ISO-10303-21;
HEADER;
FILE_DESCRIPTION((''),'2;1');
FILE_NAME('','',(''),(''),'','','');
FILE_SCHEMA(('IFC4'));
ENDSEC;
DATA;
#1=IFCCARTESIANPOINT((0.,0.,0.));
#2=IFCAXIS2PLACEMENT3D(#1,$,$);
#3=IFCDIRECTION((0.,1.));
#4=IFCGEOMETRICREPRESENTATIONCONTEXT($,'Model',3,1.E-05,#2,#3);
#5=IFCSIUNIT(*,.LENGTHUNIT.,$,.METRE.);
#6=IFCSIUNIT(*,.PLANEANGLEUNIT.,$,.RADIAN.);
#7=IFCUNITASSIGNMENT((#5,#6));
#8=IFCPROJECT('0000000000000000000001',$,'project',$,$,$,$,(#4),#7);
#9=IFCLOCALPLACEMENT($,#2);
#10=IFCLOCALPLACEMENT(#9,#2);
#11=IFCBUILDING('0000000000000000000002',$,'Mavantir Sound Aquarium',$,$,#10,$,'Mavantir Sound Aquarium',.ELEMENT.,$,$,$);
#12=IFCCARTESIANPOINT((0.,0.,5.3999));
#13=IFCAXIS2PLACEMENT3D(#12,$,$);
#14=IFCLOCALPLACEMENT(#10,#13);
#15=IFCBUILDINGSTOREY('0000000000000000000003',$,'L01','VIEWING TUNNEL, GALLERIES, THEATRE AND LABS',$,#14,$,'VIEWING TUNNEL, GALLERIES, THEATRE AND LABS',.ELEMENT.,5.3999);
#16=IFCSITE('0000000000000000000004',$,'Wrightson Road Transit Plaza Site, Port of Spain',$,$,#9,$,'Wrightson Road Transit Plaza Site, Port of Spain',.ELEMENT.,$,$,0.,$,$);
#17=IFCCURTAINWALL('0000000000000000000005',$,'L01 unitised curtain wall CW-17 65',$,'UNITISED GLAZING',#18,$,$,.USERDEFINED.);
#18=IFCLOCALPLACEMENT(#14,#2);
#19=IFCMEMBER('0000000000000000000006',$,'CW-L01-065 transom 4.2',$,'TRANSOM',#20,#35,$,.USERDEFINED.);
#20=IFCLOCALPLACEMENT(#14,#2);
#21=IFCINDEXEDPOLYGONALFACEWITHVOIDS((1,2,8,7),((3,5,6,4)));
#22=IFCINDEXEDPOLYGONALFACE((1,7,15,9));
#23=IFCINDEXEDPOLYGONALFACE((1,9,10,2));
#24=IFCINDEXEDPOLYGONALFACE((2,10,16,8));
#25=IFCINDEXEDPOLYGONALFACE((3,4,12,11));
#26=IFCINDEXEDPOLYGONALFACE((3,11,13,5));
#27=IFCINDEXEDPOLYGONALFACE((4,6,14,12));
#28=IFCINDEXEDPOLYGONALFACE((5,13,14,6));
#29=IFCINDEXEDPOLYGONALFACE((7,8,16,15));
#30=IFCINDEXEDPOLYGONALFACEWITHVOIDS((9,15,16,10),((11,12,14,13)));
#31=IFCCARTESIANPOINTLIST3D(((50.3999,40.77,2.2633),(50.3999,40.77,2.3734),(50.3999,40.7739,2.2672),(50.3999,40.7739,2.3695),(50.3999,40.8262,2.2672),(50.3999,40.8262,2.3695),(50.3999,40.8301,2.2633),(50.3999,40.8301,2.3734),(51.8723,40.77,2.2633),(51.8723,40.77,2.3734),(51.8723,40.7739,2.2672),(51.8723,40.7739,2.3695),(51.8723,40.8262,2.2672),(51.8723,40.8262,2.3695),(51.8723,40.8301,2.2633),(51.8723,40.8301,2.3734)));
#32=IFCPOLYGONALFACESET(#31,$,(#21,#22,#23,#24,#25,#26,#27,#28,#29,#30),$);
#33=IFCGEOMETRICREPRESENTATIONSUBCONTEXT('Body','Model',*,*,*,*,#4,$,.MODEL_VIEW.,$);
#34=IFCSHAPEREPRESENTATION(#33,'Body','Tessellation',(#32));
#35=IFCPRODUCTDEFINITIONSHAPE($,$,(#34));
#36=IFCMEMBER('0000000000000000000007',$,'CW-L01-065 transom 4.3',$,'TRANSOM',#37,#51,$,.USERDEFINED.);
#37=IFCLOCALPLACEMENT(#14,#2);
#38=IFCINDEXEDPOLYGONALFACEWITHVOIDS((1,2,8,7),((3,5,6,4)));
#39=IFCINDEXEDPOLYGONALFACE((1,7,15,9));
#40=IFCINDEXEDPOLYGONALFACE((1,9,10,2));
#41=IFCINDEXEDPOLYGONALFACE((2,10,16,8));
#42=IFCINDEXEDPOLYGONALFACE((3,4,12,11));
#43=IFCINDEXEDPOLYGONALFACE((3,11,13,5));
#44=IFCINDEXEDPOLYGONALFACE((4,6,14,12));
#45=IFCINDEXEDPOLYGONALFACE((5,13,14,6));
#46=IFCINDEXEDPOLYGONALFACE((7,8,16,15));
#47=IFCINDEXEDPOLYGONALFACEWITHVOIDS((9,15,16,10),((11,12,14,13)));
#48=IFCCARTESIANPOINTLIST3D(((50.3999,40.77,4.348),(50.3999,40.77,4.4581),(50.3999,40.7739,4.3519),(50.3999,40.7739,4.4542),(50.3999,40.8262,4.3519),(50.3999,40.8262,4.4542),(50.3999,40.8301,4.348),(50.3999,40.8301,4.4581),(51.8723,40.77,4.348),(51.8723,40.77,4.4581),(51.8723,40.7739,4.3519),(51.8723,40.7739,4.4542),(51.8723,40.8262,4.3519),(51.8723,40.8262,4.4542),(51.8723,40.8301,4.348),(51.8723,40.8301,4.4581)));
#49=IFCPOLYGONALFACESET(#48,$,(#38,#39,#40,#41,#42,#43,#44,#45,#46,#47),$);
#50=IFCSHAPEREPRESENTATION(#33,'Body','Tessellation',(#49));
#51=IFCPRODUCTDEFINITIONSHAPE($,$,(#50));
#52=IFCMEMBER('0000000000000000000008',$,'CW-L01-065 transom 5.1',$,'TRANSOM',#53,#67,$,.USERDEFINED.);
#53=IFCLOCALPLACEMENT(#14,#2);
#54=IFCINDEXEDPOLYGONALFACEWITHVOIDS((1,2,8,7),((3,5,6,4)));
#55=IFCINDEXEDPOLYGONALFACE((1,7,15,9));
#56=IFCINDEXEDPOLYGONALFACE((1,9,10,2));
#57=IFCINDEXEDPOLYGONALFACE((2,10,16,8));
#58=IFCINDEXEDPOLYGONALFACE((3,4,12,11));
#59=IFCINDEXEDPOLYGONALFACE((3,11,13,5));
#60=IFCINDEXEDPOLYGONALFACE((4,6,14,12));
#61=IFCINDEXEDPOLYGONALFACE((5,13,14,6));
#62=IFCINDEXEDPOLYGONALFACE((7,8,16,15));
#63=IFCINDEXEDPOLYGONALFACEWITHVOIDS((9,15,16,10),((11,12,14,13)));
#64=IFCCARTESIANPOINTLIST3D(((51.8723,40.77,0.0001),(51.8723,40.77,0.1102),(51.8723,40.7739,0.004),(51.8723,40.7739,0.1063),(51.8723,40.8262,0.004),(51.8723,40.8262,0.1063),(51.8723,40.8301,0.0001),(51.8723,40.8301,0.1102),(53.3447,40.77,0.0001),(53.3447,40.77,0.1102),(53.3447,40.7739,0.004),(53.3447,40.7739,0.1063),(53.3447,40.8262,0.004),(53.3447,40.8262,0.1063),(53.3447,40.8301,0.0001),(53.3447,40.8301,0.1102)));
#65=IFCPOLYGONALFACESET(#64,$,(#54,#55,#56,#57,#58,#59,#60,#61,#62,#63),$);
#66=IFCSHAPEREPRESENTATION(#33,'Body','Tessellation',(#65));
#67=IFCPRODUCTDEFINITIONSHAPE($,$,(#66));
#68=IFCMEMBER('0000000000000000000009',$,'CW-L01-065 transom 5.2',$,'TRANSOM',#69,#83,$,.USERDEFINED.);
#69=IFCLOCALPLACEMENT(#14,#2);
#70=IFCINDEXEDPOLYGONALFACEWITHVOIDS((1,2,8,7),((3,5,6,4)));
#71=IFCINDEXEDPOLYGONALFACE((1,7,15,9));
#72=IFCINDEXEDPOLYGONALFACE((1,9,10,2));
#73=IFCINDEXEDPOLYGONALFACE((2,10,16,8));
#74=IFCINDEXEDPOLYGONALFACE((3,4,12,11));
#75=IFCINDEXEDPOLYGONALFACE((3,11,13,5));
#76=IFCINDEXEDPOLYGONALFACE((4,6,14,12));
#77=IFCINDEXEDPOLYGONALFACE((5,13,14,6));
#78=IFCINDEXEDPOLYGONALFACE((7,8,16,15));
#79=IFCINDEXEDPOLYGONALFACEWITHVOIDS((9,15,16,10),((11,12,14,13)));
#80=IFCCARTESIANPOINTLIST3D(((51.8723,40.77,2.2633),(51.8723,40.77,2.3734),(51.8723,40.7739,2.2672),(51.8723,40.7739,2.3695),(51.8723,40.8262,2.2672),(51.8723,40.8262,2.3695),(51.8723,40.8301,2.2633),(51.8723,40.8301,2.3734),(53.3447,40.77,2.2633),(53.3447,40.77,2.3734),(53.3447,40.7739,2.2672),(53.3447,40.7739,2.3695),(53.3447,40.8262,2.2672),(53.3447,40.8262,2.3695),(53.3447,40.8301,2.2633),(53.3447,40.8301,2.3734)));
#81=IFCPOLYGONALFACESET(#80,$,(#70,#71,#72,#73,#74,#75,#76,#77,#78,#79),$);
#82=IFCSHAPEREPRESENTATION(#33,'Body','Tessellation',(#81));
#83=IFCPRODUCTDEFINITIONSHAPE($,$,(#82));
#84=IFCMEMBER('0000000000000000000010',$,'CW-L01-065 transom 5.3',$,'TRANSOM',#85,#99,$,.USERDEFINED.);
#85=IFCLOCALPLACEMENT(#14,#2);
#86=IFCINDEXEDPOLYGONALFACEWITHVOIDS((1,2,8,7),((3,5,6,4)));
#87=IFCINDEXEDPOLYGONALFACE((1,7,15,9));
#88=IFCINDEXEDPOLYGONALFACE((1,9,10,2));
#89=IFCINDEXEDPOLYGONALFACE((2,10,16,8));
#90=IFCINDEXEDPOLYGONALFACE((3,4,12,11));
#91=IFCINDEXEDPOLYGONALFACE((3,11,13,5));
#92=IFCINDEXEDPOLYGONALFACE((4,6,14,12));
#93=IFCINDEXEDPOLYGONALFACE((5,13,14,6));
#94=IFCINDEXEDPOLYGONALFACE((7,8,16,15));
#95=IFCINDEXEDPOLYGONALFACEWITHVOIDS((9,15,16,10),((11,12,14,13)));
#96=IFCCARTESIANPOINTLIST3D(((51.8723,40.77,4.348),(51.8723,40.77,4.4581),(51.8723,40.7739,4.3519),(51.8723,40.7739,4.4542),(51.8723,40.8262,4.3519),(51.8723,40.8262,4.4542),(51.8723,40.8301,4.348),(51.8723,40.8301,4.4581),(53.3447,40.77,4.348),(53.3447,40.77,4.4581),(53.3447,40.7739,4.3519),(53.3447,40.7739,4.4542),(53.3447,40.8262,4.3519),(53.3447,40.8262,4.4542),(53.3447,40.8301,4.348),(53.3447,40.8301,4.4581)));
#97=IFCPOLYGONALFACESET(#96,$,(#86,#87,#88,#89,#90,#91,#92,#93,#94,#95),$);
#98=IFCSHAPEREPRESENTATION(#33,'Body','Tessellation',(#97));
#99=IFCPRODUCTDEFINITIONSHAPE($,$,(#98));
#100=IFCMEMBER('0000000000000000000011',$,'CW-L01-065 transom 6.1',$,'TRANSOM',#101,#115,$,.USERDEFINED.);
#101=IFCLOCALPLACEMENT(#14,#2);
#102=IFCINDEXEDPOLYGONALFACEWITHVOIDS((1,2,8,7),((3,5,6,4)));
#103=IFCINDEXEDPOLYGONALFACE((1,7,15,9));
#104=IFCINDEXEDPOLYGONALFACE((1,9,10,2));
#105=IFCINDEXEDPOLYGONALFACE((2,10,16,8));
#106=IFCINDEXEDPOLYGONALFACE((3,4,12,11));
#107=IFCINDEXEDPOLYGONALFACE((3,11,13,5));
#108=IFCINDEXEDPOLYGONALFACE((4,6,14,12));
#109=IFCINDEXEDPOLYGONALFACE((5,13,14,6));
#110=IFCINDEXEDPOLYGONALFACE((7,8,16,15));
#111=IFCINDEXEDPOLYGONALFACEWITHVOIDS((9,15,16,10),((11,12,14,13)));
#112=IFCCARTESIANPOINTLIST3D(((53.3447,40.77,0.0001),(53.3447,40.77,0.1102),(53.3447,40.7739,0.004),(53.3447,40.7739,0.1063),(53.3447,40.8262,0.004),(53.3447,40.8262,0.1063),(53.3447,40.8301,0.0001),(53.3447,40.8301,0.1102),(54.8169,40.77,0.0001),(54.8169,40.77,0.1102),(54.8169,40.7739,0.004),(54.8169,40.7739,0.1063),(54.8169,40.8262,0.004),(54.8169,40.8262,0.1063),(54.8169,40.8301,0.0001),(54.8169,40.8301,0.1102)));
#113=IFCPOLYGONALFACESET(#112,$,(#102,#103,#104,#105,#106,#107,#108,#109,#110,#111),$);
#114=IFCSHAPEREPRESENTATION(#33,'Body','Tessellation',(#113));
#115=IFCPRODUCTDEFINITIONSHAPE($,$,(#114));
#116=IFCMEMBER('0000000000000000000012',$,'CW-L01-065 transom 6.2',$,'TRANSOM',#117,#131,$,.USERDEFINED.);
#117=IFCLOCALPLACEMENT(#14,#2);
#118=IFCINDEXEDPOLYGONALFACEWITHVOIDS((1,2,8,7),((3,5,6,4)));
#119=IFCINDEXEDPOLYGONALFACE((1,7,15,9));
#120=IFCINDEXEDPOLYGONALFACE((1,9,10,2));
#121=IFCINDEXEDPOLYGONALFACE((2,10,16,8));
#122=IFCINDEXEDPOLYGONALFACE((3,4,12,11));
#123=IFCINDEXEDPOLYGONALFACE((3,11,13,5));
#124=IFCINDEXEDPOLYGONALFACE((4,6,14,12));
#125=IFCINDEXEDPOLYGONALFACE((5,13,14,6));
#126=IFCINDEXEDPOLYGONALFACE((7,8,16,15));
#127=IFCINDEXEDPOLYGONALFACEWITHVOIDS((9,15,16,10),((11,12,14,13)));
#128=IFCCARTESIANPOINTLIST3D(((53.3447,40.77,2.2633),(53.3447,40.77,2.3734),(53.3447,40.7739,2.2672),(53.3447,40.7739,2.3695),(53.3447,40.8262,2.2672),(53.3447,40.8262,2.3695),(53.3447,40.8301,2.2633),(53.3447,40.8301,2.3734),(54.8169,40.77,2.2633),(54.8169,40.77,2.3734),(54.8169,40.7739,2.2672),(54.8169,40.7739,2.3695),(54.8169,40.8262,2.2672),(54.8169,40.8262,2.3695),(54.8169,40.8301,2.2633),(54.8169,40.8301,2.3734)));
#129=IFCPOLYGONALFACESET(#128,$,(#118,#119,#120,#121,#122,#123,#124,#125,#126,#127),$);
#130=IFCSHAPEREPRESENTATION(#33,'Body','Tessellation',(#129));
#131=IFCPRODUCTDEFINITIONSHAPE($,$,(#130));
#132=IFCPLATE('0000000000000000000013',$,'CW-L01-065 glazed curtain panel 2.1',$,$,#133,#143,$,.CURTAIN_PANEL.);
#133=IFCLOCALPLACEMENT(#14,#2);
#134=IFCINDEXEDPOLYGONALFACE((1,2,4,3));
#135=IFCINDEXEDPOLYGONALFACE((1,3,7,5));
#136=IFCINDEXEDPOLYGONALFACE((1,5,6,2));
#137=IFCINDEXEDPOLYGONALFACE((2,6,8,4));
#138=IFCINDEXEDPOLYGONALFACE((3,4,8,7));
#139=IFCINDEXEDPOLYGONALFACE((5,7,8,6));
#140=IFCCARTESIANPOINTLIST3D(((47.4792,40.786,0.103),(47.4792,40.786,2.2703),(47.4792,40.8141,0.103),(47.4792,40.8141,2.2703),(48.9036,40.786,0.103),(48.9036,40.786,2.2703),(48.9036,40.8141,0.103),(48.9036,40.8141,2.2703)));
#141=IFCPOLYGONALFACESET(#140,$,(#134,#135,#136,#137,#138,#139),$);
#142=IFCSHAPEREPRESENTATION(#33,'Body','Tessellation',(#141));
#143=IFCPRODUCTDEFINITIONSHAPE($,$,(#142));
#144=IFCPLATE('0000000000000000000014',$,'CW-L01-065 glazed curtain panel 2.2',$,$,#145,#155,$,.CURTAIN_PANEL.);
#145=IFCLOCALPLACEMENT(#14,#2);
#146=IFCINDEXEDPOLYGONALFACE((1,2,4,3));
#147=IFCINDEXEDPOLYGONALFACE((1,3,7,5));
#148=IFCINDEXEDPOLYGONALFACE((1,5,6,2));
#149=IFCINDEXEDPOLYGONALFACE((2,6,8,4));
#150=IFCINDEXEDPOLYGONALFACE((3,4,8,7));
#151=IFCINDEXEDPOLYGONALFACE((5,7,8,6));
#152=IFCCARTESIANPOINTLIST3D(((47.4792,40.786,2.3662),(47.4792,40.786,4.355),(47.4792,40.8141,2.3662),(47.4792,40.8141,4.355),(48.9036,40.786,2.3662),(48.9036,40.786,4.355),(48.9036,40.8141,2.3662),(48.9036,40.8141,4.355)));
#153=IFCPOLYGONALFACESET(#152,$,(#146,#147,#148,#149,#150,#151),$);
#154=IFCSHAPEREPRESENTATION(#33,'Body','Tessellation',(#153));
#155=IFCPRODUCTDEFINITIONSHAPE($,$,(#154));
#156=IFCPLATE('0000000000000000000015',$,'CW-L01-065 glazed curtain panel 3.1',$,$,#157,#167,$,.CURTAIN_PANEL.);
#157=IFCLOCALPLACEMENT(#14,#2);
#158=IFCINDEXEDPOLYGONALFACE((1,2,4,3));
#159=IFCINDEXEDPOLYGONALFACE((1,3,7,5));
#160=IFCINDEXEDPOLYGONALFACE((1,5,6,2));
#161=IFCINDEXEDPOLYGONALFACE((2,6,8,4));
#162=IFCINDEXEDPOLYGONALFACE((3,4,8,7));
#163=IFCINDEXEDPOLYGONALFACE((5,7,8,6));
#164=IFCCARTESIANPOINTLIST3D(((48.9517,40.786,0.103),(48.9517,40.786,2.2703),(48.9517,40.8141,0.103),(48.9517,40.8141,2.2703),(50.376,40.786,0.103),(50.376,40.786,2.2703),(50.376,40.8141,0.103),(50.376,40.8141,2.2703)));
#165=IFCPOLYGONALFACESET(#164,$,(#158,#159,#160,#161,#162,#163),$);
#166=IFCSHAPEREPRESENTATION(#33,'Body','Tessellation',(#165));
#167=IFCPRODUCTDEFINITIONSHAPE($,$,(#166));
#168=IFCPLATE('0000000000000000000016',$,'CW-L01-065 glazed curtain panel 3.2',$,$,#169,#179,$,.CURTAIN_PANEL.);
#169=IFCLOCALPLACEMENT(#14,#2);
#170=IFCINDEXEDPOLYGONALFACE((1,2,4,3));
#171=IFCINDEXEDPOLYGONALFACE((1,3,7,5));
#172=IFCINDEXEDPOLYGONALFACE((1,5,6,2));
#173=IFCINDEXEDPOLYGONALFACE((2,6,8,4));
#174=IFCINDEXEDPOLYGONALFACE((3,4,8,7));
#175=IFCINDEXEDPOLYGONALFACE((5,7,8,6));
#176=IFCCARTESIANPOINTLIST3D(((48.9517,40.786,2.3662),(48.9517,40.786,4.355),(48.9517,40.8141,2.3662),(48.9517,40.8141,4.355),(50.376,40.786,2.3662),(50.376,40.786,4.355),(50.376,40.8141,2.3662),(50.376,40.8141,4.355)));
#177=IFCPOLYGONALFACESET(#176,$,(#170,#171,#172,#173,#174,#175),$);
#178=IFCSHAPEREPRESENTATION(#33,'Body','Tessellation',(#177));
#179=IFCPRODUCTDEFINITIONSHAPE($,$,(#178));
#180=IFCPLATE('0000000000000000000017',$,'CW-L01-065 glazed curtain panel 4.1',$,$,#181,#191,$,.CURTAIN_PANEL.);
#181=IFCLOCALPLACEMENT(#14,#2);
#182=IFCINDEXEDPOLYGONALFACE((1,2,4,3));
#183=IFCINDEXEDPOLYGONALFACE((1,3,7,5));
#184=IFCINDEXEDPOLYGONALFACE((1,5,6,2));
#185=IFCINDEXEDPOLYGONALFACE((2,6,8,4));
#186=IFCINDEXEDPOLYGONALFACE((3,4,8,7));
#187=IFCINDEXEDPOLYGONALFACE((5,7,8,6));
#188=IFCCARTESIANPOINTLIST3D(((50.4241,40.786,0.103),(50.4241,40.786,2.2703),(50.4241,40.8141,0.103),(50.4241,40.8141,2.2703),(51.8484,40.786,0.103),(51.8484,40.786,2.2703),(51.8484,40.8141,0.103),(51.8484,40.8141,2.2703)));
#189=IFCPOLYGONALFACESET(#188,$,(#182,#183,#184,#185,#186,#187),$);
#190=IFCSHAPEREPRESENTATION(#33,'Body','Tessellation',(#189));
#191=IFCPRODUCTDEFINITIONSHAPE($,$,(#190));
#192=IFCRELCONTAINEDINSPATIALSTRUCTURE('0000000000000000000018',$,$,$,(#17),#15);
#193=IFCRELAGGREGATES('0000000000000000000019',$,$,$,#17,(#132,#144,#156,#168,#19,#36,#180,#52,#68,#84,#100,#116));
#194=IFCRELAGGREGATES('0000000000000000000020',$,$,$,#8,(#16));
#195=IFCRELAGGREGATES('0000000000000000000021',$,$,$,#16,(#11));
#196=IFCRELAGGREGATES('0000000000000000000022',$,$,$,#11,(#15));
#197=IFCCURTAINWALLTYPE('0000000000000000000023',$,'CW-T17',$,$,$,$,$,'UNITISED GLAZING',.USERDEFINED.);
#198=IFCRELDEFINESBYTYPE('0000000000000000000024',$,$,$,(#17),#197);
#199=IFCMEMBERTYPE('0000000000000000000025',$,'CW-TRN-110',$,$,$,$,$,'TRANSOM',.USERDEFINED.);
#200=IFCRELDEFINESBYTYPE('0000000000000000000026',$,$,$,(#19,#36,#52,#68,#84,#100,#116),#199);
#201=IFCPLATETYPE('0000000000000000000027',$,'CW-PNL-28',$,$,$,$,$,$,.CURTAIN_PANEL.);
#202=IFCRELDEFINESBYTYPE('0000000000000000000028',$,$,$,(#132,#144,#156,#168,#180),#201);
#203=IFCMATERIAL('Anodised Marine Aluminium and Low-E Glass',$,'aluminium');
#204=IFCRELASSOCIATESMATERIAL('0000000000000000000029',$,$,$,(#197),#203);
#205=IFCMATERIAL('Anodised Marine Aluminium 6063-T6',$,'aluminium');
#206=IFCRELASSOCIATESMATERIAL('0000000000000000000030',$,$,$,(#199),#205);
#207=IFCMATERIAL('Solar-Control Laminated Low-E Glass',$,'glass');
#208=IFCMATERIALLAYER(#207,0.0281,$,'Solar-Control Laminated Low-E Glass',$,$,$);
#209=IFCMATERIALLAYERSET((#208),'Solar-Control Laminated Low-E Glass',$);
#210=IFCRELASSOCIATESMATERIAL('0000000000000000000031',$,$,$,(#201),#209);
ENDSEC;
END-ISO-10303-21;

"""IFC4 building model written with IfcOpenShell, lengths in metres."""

from ifc_helpers import new_model, si_unit, direction, frame, origin, origin_2d, place, context, subcontext, project, spatial, rectangle, hollow_rectangle, extrude, material, layer, layer_set, material_profile, profile_set, type_object, element, aggregate, save


model = new_model("IFC4")

# Units and contexts
model_context = context("Model", 3, precision=1e-05, world=origin(), true_north=direction((0.0, 1.0)))
body_context = subcontext(model_context, "Body", "Model", "MODEL_VIEW")
ifc_project = project(units=[si_unit("LENGTHUNIT", "METRE"), si_unit("PLANEANGLEUNIT", "RADIAN")], contexts=[model_context])

# Site, building, storey
site_placement = place(None, origin())
site = spatial("IfcSite", under=ifc_project, at=site_placement, Name="Wrightson Road Transit Plaza Site, Port of Spain", LongName="Wrightson Road Transit Plaza Site, Port of Spain", CompositionType="ELEMENT", RefElevation=0.0)
building_placement = place(site_placement, origin())
building = spatial("IfcBuilding", under=site, at=building_placement, Name="Mavantir Sound Aquarium", LongName="Mavantir Sound Aquarium", CompositionType="ELEMENT")
storey_placement = place(building_placement, frame((0.0, 0.0, 5.3999)))
storey = spatial("IfcBuildingStorey", under=building, at=storey_placement, Name="L01", Description="VIEWING TUNNEL, GALLERIES, THEATRE AND LABS", LongName="VIEWING TUNNEL, GALLERIES, THEATRE AND LABS", CompositionType="ELEMENT", Elevation=5.3999)

# Curtain wall, members, plates
ifc_material_1 = material(Name="Anodised Marine Aluminium and Low-E Glass", Category="aluminium")
curtain_wall_type = type_object("IfcCurtainWallType", Name="CW-T17", ElementType="UNITISED GLAZING", PredefinedType="USERDEFINED", material=ifc_material_1)
curtain_wall_placement = place(storey_placement, origin())
curtain_wall = element("IfcCurtainWall", 1, at=curtain_wall_placement, inside=storey, type_object=curtain_wall_type, Name="L01 unitised curtain wall CW-17 65", ObjectType="UNITISED GLAZING", PredefinedType="USERDEFINED")
ifc_material_2 = material(Name="Anodised Marine Aluminium 6063-T6", Category="aluminium")
ifc_material_profile_1 = material_profile(ifc_material_2, hollow_rectangle(XDim=0.0601, YDim=0.1101, WallThickness=0.0039, at=origin_2d()), Name="ALU-TRANSOM-110X60")
ifc_profile_set_1 = profile_set([ifc_material_profile_1], Name="Anodised Marine Aluminium 6063-T6")
member_type_1 = type_object("IfcMemberType", Name="CW-TRN-110", ElementType="TRANSOM", PredefinedType="USERDEFINED", material=ifc_profile_set_1)
member_1_placement = place(storey_placement, frame((50.3999, 40.8, 2.3184), z_axis=(1.0, 0.0, 0.0), x_axis=(0.0, 1.0, 0.0)))
member_1 = element("IfcMember", 2, at=member_1_placement, type_object=member_type_1, Name="CW-L01-065 transom 4.2", ObjectType="TRANSOM", PredefinedType="USERDEFINED", context=body_context, shape_type="SweptSolid", body=[
    extrude(hollow_rectangle(XDim=0.0601, YDim=0.1101, WallThickness=0.0039, at=origin_2d()), origin(), (0.0, 0.0, 1.0), 1.4724),
])
member_2_placement = place(storey_placement, frame((50.3999, 40.8, 4.4031), z_axis=(1.0, 0.0, 0.0), x_axis=(0.0, 1.0, 0.0)))
member_2 = element("IfcMember", 3, at=member_2_placement, type_object=member_type_1, Name="CW-L01-065 transom 4.3", ObjectType="TRANSOM", PredefinedType="USERDEFINED", context=body_context, shape_type="SweptSolid", body=[
    extrude(hollow_rectangle(XDim=0.0601, YDim=0.1101, WallThickness=0.0039, at=origin_2d()), origin(), (0.0, 0.0, 1.0), 1.4724),
])
member_3_placement = place(storey_placement, frame((51.8723, 40.8, 0.0552), z_axis=(1.0, 0.0, 0.0), x_axis=(0.0, 1.0, 0.0)))
member_3 = element("IfcMember", 4, at=member_3_placement, type_object=member_type_1, Name="CW-L01-065 transom 5.1", ObjectType="TRANSOM", PredefinedType="USERDEFINED", context=body_context, shape_type="SweptSolid", body=[
    extrude(hollow_rectangle(XDim=0.0601, YDim=0.1101, WallThickness=0.0039, at=origin_2d()), origin(), (0.0, 0.0, 1.0), 1.4724),
])
member_4_placement = place(storey_placement, frame((51.8723, 40.8, 2.3184), z_axis=(1.0, 0.0, 0.0), x_axis=(0.0, 1.0, 0.0)))
member_4 = element("IfcMember", 5, at=member_4_placement, type_object=member_type_1, Name="CW-L01-065 transom 5.2", ObjectType="TRANSOM", PredefinedType="USERDEFINED", context=body_context, shape_type="SweptSolid", body=[
    extrude(hollow_rectangle(XDim=0.0601, YDim=0.1101, WallThickness=0.0039, at=origin_2d()), origin(), (0.0, 0.0, 1.0), 1.4724),
])
member_5_placement = place(storey_placement, frame((51.8723, 40.8, 4.4031), z_axis=(1.0, 0.0, 0.0), x_axis=(0.0, 1.0, 0.0)))
member_5 = element("IfcMember", 6, at=member_5_placement, type_object=member_type_1, Name="CW-L01-065 transom 5.3", ObjectType="TRANSOM", PredefinedType="USERDEFINED", context=body_context, shape_type="SweptSolid", body=[
    extrude(hollow_rectangle(XDim=0.0601, YDim=0.1101, WallThickness=0.0039, at=origin_2d()), origin(), (0.0, 0.0, 1.0), 1.4724),
])
member_6_placement = place(storey_placement, frame((53.3447, 40.8, 0.0552), z_axis=(1.0, 0.0, 0.0), x_axis=(0.0, 1.0, 0.0)))
member_6 = element("IfcMember", 7, at=member_6_placement, type_object=member_type_1, Name="CW-L01-065 transom 6.1", ObjectType="TRANSOM", PredefinedType="USERDEFINED", context=body_context, shape_type="SweptSolid", body=[
    extrude(hollow_rectangle(XDim=0.0601, YDim=0.1101, WallThickness=0.0039, at=origin_2d()), origin(), (0.0, 0.0, 1.0), 1.4722),
])
member_7_placement = place(storey_placement, frame((53.3447, 40.8, 2.3184), z_axis=(1.0, 0.0, 0.0), x_axis=(0.0, 1.0, 0.0)))
member_7 = element("IfcMember", 8, at=member_7_placement, type_object=member_type_1, Name="CW-L01-065 transom 6.2", ObjectType="TRANSOM", PredefinedType="USERDEFINED", context=body_context, shape_type="SweptSolid", body=[
    extrude(hollow_rectangle(XDim=0.0601, YDim=0.1101, WallThickness=0.0039, at=origin_2d()), origin(), (0.0, 0.0, 1.0), 1.4722),
])
ifc_material_3 = material(Name="Solar-Control Laminated Low-E Glass", Category="glass")
ifc_layer_1 = layer(ifc_material_3, 0.0281, Name="Solar-Control Laminated Low-E Glass")
ifc_layer_set_1 = layer_set([ifc_layer_1], Name="Solar-Control Laminated Low-E Glass")
plate_type = type_object("IfcPlateType", Name="CW-PNL-28", PredefinedType="CURTAIN_PANEL", material=ifc_layer_set_1)
plate_1_placement = place(storey_placement, frame((48.1914, 40.8, 0.103), z_axis=(0.0, 0.0, 1.0), x_axis=(1.0, 0.0, 0.0)))
plate_1 = element("IfcPlate", 9, at=plate_1_placement, type_object=plate_type, Name="CW-L01-065 glazed curtain panel 2.1", PredefinedType="CURTAIN_PANEL", context=body_context, shape_type="SweptSolid", body=[
    extrude(rectangle(XDim=1.4243, YDim=0.0281, at=origin_2d()), origin(), (0.0, 0.0, 1.0), 2.1672),
])
plate_2_placement = place(storey_placement, frame((48.1914, 40.8, 2.3662), z_axis=(0.0, 0.0, 1.0), x_axis=(1.0, 0.0, 0.0)))
plate_2 = element("IfcPlate", 10, at=plate_2_placement, type_object=plate_type, Name="CW-L01-065 glazed curtain panel 2.2", PredefinedType="CURTAIN_PANEL", context=body_context, shape_type="SweptSolid", body=[
    extrude(rectangle(XDim=1.4243, YDim=0.0281, at=origin_2d()), origin(), (0.0, 0.0, 1.0), 1.9888),
])
plate_3_placement = place(storey_placement, frame((49.6638, 40.8, 0.103), z_axis=(0.0, 0.0, 1.0), x_axis=(1.0, 0.0, 0.0)))
plate_3 = element("IfcPlate", 11, at=plate_3_placement, type_object=plate_type, Name="CW-L01-065 glazed curtain panel 3.1", PredefinedType="CURTAIN_PANEL", context=body_context, shape_type="SweptSolid", body=[
    extrude(rectangle(XDim=1.4243, YDim=0.0281, at=origin_2d()), origin(), (0.0, 0.0, 1.0), 2.1672),
])
plate_4_placement = place(storey_placement, frame((49.6638, 40.8, 2.3662), z_axis=(0.0, 0.0, 1.0), x_axis=(1.0, 0.0, 0.0)))
plate_4 = element("IfcPlate", 12, at=plate_4_placement, type_object=plate_type, Name="CW-L01-065 glazed curtain panel 3.2", PredefinedType="CURTAIN_PANEL", context=body_context, shape_type="SweptSolid", body=[
    extrude(rectangle(XDim=1.4243, YDim=0.0281, at=origin_2d()), origin(), (0.0, 0.0, 1.0), 1.9888),
])
plate_5_placement = place(storey_placement, frame((51.1362, 40.8, 0.103), z_axis=(0.0, 0.0, 1.0), x_axis=(1.0, 0.0, 0.0)))
plate_5 = element("IfcPlate", 13, at=plate_5_placement, type_object=plate_type, Name="CW-L01-065 glazed curtain panel 4.1", PredefinedType="CURTAIN_PANEL", context=body_context, shape_type="SweptSolid", body=[
    extrude(rectangle(XDim=1.4243, YDim=0.0281, at=origin_2d()), origin(), (0.0, 0.0, 1.0), 2.1672),
])
aggregate(curtain_wall, [plate_1, plate_2, plate_3, plate_4, member_1, member_2, plate_5, member_3, member_4, member_5, member_6, member_7])

save(model, "model.ifc")
